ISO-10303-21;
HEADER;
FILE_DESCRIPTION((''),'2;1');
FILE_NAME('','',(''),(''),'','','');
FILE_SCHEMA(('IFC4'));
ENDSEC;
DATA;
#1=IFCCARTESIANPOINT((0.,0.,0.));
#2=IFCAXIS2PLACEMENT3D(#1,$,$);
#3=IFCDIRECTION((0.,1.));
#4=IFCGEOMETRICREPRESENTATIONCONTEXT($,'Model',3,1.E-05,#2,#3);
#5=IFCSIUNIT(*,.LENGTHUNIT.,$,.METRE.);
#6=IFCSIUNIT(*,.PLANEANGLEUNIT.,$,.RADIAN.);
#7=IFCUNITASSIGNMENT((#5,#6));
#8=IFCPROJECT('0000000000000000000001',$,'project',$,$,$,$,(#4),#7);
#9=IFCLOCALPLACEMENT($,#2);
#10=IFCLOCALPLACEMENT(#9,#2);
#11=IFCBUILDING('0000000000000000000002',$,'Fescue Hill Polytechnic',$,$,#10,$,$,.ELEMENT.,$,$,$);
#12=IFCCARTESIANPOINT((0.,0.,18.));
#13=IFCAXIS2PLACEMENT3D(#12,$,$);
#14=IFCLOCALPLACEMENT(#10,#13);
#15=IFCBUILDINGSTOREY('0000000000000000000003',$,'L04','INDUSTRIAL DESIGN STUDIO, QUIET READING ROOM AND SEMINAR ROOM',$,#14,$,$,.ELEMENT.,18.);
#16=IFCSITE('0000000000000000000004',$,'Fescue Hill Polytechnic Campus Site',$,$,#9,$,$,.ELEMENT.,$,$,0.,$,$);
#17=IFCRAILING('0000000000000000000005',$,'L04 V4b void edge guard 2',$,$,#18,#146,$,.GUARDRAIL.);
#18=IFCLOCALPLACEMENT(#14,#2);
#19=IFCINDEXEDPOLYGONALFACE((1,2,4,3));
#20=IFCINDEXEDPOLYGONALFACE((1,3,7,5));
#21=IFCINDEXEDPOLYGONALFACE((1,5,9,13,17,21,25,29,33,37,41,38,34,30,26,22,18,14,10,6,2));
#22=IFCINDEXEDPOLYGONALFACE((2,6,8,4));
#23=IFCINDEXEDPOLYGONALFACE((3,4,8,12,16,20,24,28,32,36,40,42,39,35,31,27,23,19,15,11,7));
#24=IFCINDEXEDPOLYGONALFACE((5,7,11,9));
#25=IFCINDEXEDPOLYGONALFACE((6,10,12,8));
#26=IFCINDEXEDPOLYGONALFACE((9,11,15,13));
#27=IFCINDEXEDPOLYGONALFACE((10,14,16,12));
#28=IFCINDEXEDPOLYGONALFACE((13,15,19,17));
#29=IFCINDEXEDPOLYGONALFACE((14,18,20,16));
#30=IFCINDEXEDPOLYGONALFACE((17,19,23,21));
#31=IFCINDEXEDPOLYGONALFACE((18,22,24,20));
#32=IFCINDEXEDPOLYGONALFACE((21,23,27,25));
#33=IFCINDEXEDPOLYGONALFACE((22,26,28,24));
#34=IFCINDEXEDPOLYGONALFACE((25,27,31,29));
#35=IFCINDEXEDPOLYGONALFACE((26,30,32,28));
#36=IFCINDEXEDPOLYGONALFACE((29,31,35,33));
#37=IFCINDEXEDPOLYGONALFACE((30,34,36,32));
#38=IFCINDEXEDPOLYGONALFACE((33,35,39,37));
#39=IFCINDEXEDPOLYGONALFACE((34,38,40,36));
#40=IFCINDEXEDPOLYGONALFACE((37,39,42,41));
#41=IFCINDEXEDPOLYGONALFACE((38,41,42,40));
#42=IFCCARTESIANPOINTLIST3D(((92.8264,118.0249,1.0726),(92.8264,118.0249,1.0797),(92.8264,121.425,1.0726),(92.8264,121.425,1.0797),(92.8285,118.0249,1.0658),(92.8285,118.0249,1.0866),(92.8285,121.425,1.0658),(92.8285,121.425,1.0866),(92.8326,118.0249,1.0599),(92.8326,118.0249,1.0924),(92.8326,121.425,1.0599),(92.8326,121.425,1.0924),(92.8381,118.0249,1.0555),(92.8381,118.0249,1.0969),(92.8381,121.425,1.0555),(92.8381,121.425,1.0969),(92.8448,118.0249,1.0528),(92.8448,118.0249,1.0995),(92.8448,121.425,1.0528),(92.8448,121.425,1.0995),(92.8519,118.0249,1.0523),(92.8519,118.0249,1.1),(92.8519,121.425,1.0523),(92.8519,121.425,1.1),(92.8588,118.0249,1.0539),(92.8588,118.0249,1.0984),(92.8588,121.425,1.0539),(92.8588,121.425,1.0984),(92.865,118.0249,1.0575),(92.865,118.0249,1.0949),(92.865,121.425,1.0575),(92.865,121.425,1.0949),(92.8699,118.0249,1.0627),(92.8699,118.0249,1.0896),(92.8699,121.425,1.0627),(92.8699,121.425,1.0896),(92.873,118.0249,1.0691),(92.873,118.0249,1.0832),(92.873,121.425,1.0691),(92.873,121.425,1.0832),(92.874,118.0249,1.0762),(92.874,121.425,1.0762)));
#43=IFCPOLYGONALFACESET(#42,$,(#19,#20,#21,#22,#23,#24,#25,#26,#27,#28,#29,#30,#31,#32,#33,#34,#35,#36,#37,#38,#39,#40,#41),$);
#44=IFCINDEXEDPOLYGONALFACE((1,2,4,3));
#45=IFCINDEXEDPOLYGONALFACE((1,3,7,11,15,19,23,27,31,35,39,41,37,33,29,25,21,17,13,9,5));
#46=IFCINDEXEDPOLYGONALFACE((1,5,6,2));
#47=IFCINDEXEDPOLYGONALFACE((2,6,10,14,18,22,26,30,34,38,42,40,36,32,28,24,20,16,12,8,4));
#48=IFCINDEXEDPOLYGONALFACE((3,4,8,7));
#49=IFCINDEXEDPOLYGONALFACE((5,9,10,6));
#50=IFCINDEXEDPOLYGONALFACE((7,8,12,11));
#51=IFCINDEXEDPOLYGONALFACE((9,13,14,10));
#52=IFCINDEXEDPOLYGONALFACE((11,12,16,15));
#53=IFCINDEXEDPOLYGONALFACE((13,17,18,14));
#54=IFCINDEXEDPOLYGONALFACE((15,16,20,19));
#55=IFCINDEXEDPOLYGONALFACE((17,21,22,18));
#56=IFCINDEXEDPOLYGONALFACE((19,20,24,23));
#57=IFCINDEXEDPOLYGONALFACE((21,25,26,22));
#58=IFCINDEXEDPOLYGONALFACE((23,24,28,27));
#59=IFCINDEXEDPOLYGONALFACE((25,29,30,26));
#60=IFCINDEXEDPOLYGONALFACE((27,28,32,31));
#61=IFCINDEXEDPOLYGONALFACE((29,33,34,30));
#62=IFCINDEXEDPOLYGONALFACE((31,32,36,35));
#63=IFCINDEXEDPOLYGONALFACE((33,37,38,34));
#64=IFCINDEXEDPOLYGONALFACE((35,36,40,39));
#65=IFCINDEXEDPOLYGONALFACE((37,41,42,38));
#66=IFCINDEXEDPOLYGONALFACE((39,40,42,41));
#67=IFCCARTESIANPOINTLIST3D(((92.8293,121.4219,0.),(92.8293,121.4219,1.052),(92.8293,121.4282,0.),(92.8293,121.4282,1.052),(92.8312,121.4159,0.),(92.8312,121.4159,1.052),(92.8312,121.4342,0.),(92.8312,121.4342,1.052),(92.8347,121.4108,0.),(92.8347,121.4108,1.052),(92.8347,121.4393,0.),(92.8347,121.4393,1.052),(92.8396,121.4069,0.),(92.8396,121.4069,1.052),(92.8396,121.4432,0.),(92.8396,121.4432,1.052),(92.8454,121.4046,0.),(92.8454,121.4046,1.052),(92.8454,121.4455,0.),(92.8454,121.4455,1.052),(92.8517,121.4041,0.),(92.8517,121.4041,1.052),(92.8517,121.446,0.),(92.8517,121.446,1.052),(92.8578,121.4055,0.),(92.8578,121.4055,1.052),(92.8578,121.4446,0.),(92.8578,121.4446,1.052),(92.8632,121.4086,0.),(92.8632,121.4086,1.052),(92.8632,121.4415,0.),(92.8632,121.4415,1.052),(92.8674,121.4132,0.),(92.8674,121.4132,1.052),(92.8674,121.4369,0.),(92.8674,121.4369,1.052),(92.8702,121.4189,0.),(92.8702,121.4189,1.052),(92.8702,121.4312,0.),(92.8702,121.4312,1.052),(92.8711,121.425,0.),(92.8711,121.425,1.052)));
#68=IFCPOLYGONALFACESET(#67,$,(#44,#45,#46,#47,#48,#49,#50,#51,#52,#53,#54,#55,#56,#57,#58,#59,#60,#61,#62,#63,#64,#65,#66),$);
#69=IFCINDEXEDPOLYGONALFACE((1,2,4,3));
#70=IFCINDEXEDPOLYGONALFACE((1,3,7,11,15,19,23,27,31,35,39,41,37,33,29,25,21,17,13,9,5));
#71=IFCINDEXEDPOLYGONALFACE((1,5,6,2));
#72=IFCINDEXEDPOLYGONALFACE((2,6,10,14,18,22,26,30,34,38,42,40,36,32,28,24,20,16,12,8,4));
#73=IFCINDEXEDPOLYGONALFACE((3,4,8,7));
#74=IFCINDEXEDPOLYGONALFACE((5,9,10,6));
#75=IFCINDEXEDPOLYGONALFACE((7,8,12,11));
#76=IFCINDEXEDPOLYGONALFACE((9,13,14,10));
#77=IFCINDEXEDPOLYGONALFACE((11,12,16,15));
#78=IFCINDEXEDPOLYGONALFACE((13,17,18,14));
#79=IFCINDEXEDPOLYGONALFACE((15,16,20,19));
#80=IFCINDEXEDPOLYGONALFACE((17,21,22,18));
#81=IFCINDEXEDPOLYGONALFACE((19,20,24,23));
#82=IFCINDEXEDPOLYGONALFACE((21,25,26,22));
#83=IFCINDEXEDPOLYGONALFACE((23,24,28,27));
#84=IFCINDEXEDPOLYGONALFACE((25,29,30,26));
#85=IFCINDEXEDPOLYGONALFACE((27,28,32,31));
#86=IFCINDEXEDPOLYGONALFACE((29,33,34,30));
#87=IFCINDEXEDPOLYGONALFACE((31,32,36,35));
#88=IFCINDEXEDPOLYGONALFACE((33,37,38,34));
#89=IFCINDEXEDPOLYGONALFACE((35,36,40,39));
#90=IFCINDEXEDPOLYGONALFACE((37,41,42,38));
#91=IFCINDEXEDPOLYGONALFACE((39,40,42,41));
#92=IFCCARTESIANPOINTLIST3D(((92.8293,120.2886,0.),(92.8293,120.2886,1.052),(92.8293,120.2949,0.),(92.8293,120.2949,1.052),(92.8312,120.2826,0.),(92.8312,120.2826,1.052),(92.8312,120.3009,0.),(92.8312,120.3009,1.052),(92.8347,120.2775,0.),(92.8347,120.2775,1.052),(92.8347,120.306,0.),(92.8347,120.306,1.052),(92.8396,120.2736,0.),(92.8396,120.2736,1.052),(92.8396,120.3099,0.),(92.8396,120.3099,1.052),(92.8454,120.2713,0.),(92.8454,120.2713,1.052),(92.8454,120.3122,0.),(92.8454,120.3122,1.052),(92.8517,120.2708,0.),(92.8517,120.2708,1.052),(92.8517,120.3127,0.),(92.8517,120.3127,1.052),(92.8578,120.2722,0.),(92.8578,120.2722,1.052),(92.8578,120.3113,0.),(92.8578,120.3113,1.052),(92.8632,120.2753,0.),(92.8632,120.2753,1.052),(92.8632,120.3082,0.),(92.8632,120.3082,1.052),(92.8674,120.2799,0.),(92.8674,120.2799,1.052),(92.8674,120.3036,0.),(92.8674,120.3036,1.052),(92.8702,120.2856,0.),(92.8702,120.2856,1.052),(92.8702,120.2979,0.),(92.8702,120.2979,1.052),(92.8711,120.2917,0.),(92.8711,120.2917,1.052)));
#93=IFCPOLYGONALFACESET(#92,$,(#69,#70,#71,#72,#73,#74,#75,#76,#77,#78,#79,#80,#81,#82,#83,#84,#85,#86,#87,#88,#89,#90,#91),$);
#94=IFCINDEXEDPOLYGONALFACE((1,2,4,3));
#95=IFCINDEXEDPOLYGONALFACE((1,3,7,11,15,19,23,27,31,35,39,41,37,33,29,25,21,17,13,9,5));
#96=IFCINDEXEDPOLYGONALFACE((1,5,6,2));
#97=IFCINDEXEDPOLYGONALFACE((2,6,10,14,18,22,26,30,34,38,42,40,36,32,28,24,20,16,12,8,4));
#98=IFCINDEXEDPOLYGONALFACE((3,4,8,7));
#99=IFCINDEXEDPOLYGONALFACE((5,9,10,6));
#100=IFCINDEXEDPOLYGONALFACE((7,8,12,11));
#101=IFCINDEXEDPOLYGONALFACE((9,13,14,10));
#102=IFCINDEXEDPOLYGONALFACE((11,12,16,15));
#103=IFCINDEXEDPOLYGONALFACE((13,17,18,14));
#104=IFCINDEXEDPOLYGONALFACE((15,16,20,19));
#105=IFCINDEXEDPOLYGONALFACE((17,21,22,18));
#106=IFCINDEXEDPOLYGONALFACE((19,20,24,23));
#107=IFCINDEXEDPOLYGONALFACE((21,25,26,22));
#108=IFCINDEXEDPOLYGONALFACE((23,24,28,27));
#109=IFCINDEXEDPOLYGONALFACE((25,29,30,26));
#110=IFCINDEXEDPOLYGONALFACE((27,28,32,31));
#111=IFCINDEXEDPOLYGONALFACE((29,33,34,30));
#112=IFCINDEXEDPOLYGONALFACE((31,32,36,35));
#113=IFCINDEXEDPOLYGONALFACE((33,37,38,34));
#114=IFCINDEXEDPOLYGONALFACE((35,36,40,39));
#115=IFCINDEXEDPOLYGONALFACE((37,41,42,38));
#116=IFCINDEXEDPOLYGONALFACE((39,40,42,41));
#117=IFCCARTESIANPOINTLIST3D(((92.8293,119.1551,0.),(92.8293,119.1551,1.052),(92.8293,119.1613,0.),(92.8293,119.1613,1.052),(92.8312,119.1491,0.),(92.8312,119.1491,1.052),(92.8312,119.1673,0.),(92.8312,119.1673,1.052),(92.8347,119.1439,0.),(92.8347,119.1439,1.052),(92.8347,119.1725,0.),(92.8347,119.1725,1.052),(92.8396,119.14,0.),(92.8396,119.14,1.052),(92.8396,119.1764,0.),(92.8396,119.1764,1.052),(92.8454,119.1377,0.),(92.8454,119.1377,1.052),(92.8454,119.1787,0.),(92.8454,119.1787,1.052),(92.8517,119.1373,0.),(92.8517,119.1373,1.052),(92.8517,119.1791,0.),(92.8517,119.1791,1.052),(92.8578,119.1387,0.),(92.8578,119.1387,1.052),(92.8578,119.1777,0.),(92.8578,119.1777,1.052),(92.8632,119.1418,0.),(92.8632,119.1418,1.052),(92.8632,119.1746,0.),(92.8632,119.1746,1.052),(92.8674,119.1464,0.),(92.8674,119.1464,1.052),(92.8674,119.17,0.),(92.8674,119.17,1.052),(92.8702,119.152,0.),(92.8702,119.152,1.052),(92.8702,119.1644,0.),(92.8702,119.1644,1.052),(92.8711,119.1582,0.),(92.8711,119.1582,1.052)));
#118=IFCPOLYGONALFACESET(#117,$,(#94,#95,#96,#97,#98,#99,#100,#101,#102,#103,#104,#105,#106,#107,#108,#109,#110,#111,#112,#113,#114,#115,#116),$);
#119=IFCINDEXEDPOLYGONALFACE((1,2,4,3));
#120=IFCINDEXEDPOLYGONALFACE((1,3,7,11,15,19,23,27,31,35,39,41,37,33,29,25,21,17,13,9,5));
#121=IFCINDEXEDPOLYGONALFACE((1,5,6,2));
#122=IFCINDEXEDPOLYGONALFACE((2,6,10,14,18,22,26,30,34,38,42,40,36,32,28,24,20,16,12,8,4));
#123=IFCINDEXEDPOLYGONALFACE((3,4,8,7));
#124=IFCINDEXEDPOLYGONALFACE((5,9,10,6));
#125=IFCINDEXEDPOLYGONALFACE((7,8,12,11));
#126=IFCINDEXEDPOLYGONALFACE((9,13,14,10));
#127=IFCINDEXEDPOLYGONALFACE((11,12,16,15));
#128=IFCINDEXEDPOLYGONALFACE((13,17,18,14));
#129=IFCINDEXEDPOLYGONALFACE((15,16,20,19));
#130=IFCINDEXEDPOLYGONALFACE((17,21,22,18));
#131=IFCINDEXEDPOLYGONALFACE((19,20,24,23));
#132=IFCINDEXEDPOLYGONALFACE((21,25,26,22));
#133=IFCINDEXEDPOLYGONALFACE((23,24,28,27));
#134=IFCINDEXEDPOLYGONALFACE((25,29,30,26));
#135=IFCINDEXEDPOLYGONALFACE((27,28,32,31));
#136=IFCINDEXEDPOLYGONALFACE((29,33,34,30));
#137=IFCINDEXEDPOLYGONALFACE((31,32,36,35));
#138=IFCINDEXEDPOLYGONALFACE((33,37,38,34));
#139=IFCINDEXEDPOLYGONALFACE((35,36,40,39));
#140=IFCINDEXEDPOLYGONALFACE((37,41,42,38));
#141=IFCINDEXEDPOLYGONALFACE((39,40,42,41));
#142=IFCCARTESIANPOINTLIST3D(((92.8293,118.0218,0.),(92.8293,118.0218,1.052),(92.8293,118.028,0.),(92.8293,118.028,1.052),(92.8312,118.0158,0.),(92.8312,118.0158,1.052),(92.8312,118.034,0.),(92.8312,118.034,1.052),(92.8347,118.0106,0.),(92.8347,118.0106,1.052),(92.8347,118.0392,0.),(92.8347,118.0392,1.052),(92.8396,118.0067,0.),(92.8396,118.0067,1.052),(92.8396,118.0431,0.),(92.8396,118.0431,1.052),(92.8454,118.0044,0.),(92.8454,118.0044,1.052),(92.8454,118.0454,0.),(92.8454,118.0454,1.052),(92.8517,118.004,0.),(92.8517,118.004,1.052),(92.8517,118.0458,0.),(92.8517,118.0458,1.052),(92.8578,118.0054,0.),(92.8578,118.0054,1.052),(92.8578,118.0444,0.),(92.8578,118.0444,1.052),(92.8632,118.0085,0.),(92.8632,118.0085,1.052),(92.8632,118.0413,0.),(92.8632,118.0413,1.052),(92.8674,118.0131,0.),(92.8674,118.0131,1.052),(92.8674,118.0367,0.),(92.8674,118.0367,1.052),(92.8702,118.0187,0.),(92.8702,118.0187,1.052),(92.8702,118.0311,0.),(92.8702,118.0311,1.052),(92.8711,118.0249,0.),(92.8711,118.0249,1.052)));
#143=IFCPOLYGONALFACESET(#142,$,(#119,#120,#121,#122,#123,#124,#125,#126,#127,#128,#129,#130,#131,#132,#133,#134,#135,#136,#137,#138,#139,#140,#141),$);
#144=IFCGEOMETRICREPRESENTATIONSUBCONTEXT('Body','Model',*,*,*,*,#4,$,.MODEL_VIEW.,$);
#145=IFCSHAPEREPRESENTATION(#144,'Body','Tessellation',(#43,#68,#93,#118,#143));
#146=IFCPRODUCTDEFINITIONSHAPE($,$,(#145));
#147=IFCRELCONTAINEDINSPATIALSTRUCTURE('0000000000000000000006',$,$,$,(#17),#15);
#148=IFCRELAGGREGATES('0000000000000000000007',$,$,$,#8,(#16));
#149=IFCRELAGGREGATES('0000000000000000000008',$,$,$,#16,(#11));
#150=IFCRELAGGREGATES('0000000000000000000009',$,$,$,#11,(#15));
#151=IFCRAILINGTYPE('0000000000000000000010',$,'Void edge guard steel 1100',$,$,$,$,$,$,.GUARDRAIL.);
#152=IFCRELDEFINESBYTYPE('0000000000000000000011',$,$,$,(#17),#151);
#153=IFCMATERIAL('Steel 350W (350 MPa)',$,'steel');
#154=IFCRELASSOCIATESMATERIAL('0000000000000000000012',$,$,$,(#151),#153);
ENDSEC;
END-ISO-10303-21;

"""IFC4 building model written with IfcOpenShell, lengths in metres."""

from ifc_helpers import new_model, si_unit, direction, frame, origin, origin_2d, place, context, subcontext, project, spatial, circle, extrude, material, type_object, element, save


model = new_model("IFC4")

# Units and contexts
model_context = context("Model", 3, precision=1e-05, world=origin(), true_north=direction((0.0, 1.0)))
body_context = subcontext(model_context, "Body", "Model", "MODEL_VIEW")
ifc_project = project(units=[si_unit("LENGTHUNIT", "METRE"), si_unit("PLANEANGLEUNIT", "RADIAN")], contexts=[model_context])

# Site, building, storey
site_placement = place(None, origin())
site = spatial("IfcSite", under=ifc_project, at=site_placement, Name="Fescue Hill Polytechnic Campus Site", CompositionType="ELEMENT", RefElevation=0.0)
building_placement = place(site_placement, origin())
building = spatial("IfcBuilding", under=site, at=building_placement, Name="Fescue Hill Polytechnic", CompositionType="ELEMENT")
storey_placement = place(building_placement, frame((0.0, 0.0, 18.0)))
storey = spatial("IfcBuildingStorey", under=building, at=storey_placement, Name="L04", Description="INDUSTRIAL DESIGN STUDIO, QUIET READING ROOM AND SEMINAR ROOM", CompositionType="ELEMENT", Elevation=18.0)

# Railing
ifc_material_1 = material(Name="Steel 350W (350 MPa)", Category="steel")
railing_type = type_object("IfcRailingType", Name="Void edge guard steel 1100", PredefinedType="GUARDRAIL", material=ifc_material_1)
railing_1_placement = place(storey_placement, frame((92.8501, 121.425, 0.0)))
element("IfcRailing", 1, at=railing_1_placement, inside=storey, type_object=railing_type, Name="L04 V4b void edge guard 2", PredefinedType="GUARDRAIL", context=body_context, shape_type="SweptSolid", body=[
    extrude(circle(Radius=0.0239, at=origin_2d()), frame((0.0, 0.0, 1.0762), z_axis=(0.0, -1.0, 0.0), x_axis=(1.0, 0.0, 0.0)), (0.0, 0.0, 1.0), 3.4001),
    extrude(circle(Radius=0.021, at=origin_2d()), origin(), (0.0, 0.0, 1.0), 1.052),
    extrude(circle(Radius=0.021, at=origin_2d()), frame((0.0, -1.1333, 0.0)), (0.0, 0.0, 1.0), 1.052),
    extrude(circle(Radius=0.021, at=origin_2d()), frame((0.0, -2.2668, 0.0)), (0.0, 0.0, 1.0), 1.052),
    extrude(circle(Radius=0.021, at=origin_2d()), frame((0.0, -3.4001, 0.0)), (0.0, 0.0, 1.0), 1.052),
])

save(model, "model.ifc")
